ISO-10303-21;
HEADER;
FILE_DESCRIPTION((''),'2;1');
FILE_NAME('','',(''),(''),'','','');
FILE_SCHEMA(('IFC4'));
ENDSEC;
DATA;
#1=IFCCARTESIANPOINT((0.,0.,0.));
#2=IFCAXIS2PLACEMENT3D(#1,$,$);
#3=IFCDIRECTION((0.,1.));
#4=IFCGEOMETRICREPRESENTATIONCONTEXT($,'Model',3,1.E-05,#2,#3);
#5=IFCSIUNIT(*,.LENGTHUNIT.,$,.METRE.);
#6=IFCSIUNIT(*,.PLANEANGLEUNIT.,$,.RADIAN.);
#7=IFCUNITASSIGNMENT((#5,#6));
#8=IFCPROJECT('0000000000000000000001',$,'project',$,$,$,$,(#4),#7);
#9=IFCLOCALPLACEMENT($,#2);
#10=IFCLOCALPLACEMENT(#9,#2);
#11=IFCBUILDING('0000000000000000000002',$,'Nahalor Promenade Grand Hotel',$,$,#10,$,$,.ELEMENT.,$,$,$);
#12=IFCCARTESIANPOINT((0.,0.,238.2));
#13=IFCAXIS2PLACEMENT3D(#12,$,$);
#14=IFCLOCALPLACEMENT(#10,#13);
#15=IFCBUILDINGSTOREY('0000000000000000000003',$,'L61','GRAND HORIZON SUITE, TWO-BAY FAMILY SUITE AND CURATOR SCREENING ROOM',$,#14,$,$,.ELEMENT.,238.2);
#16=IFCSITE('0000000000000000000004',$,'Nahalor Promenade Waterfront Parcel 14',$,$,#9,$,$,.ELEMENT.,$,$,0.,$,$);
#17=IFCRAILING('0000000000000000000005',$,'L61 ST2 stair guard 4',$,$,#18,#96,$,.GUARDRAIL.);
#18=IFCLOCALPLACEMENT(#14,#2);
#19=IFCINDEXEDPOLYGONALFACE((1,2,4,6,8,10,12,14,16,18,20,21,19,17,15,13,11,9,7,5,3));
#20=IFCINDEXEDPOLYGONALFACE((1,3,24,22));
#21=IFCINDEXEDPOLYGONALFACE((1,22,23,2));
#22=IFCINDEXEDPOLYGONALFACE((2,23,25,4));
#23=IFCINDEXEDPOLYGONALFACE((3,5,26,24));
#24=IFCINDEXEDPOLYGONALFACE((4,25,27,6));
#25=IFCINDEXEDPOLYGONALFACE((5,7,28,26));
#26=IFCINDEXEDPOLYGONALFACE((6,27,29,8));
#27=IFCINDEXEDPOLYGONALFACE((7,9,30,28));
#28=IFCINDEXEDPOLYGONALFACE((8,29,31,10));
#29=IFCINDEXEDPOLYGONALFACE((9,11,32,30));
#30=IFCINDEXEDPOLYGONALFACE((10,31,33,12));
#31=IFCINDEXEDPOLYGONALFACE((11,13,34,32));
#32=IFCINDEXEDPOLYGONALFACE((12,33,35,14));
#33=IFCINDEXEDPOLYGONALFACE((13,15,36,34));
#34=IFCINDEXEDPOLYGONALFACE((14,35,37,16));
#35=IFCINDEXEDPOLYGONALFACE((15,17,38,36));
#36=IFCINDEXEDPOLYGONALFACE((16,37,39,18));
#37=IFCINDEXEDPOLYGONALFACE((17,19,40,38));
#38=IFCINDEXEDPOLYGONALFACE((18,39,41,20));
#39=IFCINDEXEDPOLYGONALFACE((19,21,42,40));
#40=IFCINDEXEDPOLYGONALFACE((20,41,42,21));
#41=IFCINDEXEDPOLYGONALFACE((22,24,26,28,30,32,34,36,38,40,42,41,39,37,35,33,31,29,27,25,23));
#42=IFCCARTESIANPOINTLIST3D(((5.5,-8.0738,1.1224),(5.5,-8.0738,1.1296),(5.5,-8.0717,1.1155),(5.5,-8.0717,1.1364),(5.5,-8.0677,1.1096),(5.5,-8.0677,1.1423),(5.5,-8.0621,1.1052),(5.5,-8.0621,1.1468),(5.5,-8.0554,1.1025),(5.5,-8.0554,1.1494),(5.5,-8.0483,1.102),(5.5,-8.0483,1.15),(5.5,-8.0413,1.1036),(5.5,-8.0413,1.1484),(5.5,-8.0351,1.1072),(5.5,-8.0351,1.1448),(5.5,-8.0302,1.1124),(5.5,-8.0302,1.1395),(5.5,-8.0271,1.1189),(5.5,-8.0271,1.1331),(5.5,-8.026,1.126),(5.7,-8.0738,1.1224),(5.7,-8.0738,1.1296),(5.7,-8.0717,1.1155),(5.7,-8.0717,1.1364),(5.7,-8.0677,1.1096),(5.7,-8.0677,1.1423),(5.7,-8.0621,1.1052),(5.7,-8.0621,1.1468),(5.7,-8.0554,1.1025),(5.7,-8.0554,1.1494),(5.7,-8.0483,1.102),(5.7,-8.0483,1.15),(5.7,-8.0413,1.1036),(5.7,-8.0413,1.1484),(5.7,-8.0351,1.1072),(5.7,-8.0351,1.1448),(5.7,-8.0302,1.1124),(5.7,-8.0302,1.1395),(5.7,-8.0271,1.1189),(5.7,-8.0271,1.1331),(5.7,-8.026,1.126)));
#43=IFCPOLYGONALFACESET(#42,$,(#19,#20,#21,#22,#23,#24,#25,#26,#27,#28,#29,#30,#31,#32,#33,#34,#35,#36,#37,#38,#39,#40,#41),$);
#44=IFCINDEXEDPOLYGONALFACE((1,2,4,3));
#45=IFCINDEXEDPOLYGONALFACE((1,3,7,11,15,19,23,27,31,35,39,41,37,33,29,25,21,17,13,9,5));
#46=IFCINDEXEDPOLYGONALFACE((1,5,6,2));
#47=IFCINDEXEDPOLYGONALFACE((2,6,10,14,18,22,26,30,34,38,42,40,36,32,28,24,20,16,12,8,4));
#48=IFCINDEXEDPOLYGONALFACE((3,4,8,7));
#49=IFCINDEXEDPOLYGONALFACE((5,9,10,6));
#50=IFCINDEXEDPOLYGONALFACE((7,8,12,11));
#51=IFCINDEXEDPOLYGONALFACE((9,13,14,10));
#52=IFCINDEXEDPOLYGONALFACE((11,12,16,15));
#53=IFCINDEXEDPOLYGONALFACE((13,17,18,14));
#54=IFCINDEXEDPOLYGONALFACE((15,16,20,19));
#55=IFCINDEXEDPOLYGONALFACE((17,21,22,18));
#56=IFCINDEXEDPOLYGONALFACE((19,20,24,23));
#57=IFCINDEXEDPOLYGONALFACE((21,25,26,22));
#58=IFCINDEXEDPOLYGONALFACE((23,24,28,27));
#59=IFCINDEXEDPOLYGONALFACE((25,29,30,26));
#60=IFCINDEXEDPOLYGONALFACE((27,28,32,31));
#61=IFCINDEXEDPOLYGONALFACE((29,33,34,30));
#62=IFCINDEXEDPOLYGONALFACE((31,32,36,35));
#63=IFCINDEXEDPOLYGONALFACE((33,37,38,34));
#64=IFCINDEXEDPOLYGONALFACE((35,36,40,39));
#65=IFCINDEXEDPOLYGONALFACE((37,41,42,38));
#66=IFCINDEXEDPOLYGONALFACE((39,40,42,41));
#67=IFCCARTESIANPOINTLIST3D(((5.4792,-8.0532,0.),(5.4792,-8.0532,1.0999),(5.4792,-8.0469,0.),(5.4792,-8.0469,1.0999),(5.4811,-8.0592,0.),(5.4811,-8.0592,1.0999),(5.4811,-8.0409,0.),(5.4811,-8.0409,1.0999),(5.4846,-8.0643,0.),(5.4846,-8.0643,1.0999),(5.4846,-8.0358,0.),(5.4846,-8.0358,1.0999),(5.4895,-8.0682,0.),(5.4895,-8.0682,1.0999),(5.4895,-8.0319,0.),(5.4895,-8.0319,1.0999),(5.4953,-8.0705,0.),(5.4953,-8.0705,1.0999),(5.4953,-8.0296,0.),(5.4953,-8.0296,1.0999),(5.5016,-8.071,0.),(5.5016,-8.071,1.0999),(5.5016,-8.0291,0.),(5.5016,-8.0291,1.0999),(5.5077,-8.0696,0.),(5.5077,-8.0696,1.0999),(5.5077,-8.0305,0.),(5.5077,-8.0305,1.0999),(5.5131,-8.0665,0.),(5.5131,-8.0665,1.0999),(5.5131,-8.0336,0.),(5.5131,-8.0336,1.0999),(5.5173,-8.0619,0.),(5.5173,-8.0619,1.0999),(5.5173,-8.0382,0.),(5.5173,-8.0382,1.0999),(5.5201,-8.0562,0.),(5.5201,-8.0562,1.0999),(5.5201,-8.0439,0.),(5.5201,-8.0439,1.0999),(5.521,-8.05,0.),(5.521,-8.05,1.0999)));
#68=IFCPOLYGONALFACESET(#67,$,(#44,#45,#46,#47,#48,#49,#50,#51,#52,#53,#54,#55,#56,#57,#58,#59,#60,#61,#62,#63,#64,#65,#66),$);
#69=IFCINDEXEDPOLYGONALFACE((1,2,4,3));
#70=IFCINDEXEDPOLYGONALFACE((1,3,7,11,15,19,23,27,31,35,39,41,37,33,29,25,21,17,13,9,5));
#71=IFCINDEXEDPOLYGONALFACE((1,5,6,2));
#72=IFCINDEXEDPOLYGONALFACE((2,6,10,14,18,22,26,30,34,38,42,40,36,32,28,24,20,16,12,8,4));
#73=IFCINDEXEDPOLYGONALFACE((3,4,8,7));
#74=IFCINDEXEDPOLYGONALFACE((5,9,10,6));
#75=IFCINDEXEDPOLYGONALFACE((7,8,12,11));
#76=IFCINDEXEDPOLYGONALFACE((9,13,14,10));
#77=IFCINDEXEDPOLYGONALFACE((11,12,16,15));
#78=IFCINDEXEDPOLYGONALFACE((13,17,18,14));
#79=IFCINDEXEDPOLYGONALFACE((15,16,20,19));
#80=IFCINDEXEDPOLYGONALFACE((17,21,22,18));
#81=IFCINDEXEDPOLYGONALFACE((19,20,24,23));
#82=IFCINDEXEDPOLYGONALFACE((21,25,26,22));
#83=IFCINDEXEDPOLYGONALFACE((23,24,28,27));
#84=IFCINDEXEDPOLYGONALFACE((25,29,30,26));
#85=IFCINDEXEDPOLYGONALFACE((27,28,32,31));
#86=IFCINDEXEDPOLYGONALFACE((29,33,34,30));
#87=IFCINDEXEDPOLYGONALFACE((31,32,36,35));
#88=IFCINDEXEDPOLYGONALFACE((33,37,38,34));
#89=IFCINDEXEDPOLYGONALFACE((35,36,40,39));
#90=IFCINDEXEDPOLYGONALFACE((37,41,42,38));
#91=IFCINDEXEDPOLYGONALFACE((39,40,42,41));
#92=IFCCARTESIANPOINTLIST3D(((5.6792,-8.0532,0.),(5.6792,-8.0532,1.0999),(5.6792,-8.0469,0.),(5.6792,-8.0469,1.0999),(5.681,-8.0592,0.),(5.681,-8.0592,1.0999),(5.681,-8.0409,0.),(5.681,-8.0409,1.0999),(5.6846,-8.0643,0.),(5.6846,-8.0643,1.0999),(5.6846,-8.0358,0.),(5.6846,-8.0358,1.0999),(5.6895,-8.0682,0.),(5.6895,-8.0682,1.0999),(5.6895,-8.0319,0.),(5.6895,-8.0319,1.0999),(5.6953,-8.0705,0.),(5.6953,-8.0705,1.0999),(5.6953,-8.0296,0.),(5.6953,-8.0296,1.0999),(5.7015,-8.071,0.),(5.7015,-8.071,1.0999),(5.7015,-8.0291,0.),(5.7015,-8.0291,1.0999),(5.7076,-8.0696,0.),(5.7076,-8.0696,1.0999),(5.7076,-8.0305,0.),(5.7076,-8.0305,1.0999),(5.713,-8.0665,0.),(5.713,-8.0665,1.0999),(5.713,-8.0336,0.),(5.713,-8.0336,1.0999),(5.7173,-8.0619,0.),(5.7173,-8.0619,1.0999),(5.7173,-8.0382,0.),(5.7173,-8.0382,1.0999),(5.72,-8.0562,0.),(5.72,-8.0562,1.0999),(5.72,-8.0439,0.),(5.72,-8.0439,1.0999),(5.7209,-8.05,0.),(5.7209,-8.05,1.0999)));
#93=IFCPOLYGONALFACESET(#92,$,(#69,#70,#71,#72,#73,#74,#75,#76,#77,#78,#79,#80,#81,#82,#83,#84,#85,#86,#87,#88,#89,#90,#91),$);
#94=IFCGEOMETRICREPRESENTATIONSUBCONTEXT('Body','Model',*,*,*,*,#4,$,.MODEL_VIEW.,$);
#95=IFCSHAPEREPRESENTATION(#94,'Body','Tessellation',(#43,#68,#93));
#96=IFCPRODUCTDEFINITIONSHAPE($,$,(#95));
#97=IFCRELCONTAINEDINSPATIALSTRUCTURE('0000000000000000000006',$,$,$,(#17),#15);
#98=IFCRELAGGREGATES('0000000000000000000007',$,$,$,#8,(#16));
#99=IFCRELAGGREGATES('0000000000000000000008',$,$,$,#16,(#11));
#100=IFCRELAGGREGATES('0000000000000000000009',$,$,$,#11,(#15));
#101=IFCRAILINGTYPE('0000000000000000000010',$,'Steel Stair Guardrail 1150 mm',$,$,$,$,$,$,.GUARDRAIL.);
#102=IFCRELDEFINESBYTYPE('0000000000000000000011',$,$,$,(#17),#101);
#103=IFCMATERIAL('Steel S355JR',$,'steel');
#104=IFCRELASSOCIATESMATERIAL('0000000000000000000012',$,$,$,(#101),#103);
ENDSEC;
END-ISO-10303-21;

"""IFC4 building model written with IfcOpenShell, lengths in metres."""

from ifc_helpers import new_model, si_unit, direction, frame, origin, origin_2d, place, context, subcontext, project, spatial, circle, extrude, material, type_object, element, save


model = new_model("IFC4")

# Units and contexts
model_context = context("Model", 3, precision=1e-05, world=origin(), true_north=direction((0.0, 1.0)))
body_context = subcontext(model_context, "Body", "Model", "MODEL_VIEW")
ifc_project = project(units=[si_unit("LENGTHUNIT", "METRE"), si_unit("PLANEANGLEUNIT", "RADIAN")], contexts=[model_context])

# Site, building, storey
site_placement = place(None, origin())
site = spatial("IfcSite", under=ifc_project, at=site_placement, Name="Nahalor Promenade Waterfront Parcel 14", CompositionType="ELEMENT", RefElevation=0.0)
building_placement = place(site_placement, origin())
building = spatial("IfcBuilding", under=site, at=building_placement, Name="Nahalor Promenade Grand Hotel", CompositionType="ELEMENT")
storey_placement = place(building_placement, frame((0.0, 0.0, 238.2)))
storey = spatial("IfcBuildingStorey", under=building, at=storey_placement, Name="L61", Description="GRAND HORIZON SUITE, TWO-BAY FAMILY SUITE AND CURATOR SCREENING ROOM", CompositionType="ELEMENT", Elevation=238.2)

# Shared definitions
ifc_material_1 = material(Name="Steel S355JR", Category="steel")

# Railing
railing_type_1 = type_object("IfcRailingType", Name="Steel Stair Guardrail 1150 mm", PredefinedType="GUARDRAIL", material=ifc_material_1)
railing_1_placement = place(storey_placement, frame((5.5, -8.05, 0.0)))
element("IfcRailing", 1, at=railing_1_placement, inside=storey, type_object=railing_type_1, Name="L61 ST2 stair guard 4", PredefinedType="GUARDRAIL", context=body_context, shape_type="SweptSolid", body=[
    extrude(circle(Radius=0.024, at=origin_2d()), frame((0.0, 0.0, 1.126), z_axis=(1.0, 0.0, 0.0), x_axis=(0.0, 1.0, 0.0)), (0.0, 0.0, 1.0), 0.2),
    extrude(circle(Radius=0.021, at=origin_2d()), origin(), (0.0, 0.0, 1.0), 1.0999),
    extrude(circle(Radius=0.021, at=origin_2d()), frame((0.2, 0.0, 0.0)), (0.0, 0.0, 1.0), 1.0999),
])

save(model, "model.ifc")
